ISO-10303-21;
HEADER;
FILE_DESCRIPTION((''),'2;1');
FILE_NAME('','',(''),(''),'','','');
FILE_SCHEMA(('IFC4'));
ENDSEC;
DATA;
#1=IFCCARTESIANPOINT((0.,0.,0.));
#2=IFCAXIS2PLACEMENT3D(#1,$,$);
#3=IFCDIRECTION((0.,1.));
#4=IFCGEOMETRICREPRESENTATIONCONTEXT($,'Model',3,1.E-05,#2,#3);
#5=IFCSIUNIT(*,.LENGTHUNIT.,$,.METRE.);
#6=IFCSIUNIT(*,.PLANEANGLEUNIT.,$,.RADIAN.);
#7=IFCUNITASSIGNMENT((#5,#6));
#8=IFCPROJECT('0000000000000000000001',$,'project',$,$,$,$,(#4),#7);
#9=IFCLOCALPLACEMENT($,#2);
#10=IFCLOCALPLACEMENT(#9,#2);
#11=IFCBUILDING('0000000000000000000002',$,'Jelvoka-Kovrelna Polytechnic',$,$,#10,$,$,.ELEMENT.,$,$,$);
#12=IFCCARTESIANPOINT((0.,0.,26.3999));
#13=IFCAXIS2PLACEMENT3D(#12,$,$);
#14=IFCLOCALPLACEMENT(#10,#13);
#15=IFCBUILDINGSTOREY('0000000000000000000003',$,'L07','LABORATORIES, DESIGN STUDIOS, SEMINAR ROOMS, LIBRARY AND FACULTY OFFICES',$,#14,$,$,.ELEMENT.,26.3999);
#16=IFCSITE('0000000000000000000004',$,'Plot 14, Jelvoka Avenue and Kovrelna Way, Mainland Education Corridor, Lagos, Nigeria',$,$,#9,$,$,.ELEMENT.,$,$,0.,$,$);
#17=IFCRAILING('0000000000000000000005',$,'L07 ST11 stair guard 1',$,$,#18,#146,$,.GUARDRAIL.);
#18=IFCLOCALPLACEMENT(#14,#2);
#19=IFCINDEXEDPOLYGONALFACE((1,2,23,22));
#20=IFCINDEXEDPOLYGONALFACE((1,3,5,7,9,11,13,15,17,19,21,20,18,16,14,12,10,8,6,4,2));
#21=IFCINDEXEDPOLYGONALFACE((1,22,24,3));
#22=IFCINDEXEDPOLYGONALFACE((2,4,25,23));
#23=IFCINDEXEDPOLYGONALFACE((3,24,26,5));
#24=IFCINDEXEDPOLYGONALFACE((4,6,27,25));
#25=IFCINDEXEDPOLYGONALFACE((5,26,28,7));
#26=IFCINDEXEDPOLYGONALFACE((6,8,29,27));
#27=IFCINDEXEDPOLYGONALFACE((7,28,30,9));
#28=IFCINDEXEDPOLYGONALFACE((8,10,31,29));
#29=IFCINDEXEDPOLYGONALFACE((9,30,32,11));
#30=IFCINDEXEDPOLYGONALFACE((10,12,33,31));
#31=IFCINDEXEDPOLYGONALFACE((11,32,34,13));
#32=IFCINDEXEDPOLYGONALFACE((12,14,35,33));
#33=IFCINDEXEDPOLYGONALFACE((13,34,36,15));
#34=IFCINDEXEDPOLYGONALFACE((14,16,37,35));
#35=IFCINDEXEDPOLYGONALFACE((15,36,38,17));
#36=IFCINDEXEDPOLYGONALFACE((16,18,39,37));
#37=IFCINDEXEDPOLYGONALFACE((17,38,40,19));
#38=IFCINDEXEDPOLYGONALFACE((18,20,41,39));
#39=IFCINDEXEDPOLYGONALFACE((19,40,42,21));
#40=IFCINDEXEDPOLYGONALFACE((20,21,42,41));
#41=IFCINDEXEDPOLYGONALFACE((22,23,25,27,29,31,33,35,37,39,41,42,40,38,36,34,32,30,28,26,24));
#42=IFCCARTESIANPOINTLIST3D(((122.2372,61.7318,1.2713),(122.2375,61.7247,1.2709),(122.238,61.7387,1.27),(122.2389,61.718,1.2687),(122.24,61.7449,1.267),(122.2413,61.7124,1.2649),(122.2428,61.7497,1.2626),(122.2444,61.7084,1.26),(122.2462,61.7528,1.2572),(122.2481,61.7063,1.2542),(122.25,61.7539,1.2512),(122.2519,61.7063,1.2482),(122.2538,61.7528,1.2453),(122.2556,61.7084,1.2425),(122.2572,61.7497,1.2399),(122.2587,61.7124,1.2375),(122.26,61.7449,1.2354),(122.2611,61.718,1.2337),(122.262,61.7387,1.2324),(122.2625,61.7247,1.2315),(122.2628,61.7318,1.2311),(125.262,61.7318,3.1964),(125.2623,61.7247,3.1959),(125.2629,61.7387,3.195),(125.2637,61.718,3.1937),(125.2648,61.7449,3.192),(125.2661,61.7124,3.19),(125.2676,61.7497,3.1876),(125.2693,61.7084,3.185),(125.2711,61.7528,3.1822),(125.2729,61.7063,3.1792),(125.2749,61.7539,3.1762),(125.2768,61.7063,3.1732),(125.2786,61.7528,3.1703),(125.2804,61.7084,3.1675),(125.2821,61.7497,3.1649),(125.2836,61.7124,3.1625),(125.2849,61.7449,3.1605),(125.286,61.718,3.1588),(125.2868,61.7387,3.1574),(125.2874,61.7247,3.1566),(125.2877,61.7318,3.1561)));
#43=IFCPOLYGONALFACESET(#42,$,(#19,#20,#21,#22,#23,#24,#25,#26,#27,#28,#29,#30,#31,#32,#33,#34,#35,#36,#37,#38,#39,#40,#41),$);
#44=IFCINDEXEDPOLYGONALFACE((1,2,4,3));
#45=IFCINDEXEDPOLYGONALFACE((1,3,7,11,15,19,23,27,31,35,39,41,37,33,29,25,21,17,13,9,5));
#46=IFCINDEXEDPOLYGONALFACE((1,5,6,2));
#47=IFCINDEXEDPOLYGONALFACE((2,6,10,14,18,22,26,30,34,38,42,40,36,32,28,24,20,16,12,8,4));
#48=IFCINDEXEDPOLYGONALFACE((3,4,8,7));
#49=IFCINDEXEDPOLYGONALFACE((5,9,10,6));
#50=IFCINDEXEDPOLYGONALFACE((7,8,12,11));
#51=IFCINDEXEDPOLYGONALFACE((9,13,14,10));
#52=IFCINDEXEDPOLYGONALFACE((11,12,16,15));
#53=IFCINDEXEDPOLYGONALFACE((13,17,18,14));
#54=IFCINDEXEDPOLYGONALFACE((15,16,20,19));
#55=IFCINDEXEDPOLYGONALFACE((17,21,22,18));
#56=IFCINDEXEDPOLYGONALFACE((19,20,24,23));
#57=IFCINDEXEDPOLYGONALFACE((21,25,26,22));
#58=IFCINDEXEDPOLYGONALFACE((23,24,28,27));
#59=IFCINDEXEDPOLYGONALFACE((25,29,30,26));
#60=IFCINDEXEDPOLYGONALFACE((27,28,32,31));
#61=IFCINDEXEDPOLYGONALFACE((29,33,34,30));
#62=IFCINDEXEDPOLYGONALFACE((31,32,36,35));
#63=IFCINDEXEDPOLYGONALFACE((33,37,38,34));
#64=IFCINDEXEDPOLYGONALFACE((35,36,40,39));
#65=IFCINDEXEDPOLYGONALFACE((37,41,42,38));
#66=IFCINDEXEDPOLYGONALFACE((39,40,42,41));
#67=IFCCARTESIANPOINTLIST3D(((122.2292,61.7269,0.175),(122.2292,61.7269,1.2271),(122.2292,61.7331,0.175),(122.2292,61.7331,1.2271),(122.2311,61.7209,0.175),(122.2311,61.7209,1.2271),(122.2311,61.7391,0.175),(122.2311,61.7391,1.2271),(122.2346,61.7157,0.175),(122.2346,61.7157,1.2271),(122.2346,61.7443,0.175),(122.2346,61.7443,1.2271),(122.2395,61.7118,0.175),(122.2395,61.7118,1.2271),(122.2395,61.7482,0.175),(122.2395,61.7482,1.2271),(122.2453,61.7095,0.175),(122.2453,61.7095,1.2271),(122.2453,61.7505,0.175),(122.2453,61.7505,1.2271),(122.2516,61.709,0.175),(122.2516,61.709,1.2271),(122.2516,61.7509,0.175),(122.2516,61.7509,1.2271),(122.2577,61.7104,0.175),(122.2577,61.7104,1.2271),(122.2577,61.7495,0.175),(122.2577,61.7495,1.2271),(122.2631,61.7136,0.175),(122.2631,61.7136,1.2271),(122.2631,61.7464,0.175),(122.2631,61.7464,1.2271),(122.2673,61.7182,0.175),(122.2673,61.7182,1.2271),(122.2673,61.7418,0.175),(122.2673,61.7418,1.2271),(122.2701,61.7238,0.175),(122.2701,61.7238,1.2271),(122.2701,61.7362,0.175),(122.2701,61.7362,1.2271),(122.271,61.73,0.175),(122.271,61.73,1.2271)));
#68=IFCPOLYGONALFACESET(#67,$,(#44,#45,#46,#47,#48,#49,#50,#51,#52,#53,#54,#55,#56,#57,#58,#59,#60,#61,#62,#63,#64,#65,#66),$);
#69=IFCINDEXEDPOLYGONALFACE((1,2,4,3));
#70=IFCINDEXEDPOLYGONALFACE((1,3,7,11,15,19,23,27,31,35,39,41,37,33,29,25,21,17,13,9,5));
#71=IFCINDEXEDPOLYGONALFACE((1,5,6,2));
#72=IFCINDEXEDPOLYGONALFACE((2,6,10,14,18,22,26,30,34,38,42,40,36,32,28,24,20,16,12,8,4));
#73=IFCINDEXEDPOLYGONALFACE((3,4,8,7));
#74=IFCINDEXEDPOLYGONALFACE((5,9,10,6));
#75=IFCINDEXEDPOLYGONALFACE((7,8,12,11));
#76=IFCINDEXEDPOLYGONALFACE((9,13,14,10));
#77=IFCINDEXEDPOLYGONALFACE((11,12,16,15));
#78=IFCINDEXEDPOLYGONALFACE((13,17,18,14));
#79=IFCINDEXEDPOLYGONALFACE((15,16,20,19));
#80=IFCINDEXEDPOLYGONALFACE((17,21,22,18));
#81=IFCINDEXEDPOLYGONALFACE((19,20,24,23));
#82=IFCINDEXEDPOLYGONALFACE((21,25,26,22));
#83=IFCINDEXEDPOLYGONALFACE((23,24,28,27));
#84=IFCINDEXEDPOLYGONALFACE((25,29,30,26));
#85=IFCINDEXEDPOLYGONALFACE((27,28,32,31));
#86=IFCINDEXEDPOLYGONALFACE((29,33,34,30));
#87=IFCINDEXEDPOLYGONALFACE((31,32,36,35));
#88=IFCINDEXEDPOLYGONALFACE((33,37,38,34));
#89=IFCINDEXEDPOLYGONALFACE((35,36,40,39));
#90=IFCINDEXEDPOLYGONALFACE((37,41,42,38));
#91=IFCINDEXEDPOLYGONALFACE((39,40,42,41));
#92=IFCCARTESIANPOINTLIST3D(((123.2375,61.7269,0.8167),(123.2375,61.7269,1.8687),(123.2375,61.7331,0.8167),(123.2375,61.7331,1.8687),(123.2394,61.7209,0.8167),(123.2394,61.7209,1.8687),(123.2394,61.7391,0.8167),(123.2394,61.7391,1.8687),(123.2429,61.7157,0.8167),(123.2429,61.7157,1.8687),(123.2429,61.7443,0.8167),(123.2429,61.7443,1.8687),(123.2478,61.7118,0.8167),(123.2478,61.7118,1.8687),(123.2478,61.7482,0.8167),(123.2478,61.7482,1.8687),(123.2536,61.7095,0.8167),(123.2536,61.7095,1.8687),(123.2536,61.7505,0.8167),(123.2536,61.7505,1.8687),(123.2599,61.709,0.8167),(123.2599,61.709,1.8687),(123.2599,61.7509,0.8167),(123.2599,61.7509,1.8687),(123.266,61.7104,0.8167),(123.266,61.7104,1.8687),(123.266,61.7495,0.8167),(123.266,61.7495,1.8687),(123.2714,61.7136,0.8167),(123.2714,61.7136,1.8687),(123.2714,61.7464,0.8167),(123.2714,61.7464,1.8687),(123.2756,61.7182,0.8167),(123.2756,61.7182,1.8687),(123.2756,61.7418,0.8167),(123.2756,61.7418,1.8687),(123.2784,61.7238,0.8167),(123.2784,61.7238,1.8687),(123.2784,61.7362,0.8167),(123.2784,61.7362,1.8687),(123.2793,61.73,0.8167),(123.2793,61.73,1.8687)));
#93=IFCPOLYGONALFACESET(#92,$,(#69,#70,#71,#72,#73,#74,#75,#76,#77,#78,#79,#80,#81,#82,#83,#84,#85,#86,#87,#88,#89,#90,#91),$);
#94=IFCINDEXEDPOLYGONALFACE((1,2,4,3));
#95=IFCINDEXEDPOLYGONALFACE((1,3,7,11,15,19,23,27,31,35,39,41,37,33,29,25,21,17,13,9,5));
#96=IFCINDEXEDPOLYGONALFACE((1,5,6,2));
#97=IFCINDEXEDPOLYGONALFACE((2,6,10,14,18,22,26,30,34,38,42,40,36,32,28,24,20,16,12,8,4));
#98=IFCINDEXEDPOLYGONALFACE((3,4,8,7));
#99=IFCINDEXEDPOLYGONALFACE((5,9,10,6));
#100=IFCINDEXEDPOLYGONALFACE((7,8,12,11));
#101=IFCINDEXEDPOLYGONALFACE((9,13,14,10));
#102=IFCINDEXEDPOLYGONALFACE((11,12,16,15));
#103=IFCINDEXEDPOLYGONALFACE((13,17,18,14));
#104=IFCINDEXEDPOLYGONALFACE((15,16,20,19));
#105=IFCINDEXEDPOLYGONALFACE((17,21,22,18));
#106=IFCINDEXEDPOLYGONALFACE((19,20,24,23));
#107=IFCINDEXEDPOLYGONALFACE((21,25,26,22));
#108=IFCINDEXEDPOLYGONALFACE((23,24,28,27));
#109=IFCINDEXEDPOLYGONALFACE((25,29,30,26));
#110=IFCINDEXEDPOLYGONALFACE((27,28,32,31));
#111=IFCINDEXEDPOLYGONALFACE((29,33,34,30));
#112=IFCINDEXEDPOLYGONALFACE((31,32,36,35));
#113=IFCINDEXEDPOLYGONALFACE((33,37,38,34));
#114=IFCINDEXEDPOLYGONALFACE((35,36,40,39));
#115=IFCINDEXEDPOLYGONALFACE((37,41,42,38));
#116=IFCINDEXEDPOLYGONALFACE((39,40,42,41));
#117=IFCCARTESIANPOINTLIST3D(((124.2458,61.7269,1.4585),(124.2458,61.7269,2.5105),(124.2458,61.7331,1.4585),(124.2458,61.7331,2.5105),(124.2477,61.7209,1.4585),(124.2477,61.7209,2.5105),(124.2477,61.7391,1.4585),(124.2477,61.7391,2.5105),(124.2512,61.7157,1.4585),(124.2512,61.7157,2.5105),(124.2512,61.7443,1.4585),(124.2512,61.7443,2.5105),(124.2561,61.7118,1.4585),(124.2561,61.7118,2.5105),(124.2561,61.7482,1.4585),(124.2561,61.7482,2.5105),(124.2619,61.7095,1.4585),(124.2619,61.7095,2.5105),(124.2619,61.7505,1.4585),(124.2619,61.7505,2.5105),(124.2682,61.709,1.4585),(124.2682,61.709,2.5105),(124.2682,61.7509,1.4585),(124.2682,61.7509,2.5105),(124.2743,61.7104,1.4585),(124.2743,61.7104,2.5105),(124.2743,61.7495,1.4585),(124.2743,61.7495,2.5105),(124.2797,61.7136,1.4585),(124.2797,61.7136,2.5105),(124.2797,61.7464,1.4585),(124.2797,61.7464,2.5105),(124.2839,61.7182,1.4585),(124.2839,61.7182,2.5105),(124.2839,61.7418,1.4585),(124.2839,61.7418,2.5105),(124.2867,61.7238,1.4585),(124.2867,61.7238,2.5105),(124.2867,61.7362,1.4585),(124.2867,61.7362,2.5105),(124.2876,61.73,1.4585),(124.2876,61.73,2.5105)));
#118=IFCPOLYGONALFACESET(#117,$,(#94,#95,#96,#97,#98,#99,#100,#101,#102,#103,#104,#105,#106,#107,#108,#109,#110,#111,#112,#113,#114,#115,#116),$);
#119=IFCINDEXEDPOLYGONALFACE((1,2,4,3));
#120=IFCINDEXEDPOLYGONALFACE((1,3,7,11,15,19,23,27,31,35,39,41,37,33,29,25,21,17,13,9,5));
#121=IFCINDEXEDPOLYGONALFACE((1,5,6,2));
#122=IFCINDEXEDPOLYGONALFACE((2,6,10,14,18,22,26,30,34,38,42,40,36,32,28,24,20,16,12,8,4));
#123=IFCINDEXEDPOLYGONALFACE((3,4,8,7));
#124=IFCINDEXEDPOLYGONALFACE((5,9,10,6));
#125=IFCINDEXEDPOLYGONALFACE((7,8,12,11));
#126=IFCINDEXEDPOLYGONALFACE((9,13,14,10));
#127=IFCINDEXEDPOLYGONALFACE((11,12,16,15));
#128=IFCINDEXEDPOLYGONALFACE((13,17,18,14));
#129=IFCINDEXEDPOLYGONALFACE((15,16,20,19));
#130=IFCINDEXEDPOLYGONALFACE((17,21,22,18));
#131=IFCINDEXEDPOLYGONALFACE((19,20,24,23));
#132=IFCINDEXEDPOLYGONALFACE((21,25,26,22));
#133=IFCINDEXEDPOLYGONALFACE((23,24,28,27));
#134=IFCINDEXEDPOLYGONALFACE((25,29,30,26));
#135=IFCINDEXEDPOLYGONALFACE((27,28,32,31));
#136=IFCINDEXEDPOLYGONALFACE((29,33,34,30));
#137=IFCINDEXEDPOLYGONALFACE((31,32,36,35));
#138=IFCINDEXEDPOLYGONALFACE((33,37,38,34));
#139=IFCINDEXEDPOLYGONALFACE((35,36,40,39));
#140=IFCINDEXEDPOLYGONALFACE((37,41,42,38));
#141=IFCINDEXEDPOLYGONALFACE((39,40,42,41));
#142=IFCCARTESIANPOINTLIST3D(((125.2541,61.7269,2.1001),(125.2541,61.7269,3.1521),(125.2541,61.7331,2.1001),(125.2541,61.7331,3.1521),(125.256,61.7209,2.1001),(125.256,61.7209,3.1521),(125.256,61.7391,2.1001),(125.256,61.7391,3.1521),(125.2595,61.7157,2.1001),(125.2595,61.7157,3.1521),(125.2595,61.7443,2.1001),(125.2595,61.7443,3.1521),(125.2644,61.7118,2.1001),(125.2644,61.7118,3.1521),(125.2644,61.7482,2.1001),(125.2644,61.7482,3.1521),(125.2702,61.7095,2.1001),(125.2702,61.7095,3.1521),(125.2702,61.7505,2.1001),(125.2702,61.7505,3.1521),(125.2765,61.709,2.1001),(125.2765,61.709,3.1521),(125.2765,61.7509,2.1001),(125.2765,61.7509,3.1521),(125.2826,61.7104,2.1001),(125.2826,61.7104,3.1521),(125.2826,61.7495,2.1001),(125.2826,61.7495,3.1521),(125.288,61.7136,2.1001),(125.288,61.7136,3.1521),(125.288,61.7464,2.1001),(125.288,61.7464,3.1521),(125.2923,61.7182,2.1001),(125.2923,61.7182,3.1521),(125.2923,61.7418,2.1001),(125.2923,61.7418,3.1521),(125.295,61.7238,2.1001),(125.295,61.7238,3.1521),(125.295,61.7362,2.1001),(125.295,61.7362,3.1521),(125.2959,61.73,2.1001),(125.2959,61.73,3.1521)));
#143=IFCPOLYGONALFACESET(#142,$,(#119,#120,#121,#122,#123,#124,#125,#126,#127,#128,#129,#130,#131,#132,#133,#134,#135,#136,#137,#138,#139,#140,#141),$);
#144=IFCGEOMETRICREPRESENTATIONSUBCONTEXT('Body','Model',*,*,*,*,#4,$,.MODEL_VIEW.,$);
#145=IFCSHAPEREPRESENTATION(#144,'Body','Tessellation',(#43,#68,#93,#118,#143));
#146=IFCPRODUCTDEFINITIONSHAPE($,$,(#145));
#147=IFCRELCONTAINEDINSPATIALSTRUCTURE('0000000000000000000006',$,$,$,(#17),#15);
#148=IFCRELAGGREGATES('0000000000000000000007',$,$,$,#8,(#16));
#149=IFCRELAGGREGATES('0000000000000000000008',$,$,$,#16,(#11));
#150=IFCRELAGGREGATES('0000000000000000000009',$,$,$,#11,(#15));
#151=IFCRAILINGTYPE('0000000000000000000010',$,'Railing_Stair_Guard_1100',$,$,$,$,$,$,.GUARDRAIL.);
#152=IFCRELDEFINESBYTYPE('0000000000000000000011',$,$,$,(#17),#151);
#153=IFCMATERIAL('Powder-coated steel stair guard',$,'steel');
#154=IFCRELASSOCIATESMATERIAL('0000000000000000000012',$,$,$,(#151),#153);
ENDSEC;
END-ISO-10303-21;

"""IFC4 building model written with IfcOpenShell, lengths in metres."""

from ifc_helpers import new_model, si_unit, direction, frame, origin, origin_2d, place, context, subcontext, project, spatial, circle, extrude, material, type_object, element, save


model = new_model("IFC4")

# Units and contexts
model_context = context("Model", 3, precision=1e-05, world=origin(), true_north=direction((0.0, 1.0)))
body_context = subcontext(model_context, "Body", "Model", "MODEL_VIEW")
ifc_project = project(units=[si_unit("LENGTHUNIT", "METRE"), si_unit("PLANEANGLEUNIT", "RADIAN")], contexts=[model_context])

# Site, building, storey
site_placement = place(None, origin())
site = spatial("IfcSite", under=ifc_project, at=site_placement, Name="Plot 14, Jelvoka Avenue and Kovrelna Way, Mainland Education Corridor, Lagos, Nigeria", CompositionType="ELEMENT", RefElevation=0.0)
building_placement = place(site_placement, origin())
building = spatial("IfcBuilding", under=site, at=building_placement, Name="Jelvoka-Kovrelna Polytechnic", CompositionType="ELEMENT")
storey_placement = place(building_placement, frame((0.0, 0.0, 26.3999)))
storey = spatial("IfcBuildingStorey", under=building, at=storey_placement, Name="L07", Description="LABORATORIES, DESIGN STUDIOS, SEMINAR ROOMS, LIBRARY AND FACULTY OFFICES", CompositionType="ELEMENT", Elevation=26.3999)

# Railing
ifc_material_1 = material(Name="Powder-coated steel stair guard", Category="steel")
railing_type_1 = type_object("IfcRailingType", Name="Railing_Stair_Guard_1100", PredefinedType="GUARDRAIL", material=ifc_material_1)
railing_1_placement = place(storey_placement, frame((122.25, 61.73, 0.175)))
element("IfcRailing", 1, at=railing_1_placement, inside=storey, type_object=railing_type_1, Name="L07 ST11 stair guard 1", PredefinedType="GUARDRAIL", context=body_context, shape_type="SweptSolid", body=[
    extrude(circle(Radius=0.0239, at=origin_2d()), frame((0.0, 0.0, 1.0762), z_axis=(0.843647, 0.0, 0.536898), x_axis=(0.0, 1.0, 0.0)), (0.0, 0.0, 1.0), 3.5854),
    extrude(circle(Radius=0.021, at=origin_2d()), origin(), (0.0, 0.0, 1.0), 1.052),
    extrude(circle(Radius=0.021, at=origin_2d()), frame((1.0083, 0.0, 0.6416)), (0.0, 0.0, 1.0), 1.052),
    extrude(circle(Radius=0.021, at=origin_2d()), frame((2.0166, 0.0, 1.2834)), (0.0, 0.0, 1.0), 1.052),
    extrude(circle(Radius=0.021, at=origin_2d()), frame((3.0249, 0.0, 1.925)), (0.0, 0.0, 1.0), 1.052),
])

save(model, "model.ifc")
